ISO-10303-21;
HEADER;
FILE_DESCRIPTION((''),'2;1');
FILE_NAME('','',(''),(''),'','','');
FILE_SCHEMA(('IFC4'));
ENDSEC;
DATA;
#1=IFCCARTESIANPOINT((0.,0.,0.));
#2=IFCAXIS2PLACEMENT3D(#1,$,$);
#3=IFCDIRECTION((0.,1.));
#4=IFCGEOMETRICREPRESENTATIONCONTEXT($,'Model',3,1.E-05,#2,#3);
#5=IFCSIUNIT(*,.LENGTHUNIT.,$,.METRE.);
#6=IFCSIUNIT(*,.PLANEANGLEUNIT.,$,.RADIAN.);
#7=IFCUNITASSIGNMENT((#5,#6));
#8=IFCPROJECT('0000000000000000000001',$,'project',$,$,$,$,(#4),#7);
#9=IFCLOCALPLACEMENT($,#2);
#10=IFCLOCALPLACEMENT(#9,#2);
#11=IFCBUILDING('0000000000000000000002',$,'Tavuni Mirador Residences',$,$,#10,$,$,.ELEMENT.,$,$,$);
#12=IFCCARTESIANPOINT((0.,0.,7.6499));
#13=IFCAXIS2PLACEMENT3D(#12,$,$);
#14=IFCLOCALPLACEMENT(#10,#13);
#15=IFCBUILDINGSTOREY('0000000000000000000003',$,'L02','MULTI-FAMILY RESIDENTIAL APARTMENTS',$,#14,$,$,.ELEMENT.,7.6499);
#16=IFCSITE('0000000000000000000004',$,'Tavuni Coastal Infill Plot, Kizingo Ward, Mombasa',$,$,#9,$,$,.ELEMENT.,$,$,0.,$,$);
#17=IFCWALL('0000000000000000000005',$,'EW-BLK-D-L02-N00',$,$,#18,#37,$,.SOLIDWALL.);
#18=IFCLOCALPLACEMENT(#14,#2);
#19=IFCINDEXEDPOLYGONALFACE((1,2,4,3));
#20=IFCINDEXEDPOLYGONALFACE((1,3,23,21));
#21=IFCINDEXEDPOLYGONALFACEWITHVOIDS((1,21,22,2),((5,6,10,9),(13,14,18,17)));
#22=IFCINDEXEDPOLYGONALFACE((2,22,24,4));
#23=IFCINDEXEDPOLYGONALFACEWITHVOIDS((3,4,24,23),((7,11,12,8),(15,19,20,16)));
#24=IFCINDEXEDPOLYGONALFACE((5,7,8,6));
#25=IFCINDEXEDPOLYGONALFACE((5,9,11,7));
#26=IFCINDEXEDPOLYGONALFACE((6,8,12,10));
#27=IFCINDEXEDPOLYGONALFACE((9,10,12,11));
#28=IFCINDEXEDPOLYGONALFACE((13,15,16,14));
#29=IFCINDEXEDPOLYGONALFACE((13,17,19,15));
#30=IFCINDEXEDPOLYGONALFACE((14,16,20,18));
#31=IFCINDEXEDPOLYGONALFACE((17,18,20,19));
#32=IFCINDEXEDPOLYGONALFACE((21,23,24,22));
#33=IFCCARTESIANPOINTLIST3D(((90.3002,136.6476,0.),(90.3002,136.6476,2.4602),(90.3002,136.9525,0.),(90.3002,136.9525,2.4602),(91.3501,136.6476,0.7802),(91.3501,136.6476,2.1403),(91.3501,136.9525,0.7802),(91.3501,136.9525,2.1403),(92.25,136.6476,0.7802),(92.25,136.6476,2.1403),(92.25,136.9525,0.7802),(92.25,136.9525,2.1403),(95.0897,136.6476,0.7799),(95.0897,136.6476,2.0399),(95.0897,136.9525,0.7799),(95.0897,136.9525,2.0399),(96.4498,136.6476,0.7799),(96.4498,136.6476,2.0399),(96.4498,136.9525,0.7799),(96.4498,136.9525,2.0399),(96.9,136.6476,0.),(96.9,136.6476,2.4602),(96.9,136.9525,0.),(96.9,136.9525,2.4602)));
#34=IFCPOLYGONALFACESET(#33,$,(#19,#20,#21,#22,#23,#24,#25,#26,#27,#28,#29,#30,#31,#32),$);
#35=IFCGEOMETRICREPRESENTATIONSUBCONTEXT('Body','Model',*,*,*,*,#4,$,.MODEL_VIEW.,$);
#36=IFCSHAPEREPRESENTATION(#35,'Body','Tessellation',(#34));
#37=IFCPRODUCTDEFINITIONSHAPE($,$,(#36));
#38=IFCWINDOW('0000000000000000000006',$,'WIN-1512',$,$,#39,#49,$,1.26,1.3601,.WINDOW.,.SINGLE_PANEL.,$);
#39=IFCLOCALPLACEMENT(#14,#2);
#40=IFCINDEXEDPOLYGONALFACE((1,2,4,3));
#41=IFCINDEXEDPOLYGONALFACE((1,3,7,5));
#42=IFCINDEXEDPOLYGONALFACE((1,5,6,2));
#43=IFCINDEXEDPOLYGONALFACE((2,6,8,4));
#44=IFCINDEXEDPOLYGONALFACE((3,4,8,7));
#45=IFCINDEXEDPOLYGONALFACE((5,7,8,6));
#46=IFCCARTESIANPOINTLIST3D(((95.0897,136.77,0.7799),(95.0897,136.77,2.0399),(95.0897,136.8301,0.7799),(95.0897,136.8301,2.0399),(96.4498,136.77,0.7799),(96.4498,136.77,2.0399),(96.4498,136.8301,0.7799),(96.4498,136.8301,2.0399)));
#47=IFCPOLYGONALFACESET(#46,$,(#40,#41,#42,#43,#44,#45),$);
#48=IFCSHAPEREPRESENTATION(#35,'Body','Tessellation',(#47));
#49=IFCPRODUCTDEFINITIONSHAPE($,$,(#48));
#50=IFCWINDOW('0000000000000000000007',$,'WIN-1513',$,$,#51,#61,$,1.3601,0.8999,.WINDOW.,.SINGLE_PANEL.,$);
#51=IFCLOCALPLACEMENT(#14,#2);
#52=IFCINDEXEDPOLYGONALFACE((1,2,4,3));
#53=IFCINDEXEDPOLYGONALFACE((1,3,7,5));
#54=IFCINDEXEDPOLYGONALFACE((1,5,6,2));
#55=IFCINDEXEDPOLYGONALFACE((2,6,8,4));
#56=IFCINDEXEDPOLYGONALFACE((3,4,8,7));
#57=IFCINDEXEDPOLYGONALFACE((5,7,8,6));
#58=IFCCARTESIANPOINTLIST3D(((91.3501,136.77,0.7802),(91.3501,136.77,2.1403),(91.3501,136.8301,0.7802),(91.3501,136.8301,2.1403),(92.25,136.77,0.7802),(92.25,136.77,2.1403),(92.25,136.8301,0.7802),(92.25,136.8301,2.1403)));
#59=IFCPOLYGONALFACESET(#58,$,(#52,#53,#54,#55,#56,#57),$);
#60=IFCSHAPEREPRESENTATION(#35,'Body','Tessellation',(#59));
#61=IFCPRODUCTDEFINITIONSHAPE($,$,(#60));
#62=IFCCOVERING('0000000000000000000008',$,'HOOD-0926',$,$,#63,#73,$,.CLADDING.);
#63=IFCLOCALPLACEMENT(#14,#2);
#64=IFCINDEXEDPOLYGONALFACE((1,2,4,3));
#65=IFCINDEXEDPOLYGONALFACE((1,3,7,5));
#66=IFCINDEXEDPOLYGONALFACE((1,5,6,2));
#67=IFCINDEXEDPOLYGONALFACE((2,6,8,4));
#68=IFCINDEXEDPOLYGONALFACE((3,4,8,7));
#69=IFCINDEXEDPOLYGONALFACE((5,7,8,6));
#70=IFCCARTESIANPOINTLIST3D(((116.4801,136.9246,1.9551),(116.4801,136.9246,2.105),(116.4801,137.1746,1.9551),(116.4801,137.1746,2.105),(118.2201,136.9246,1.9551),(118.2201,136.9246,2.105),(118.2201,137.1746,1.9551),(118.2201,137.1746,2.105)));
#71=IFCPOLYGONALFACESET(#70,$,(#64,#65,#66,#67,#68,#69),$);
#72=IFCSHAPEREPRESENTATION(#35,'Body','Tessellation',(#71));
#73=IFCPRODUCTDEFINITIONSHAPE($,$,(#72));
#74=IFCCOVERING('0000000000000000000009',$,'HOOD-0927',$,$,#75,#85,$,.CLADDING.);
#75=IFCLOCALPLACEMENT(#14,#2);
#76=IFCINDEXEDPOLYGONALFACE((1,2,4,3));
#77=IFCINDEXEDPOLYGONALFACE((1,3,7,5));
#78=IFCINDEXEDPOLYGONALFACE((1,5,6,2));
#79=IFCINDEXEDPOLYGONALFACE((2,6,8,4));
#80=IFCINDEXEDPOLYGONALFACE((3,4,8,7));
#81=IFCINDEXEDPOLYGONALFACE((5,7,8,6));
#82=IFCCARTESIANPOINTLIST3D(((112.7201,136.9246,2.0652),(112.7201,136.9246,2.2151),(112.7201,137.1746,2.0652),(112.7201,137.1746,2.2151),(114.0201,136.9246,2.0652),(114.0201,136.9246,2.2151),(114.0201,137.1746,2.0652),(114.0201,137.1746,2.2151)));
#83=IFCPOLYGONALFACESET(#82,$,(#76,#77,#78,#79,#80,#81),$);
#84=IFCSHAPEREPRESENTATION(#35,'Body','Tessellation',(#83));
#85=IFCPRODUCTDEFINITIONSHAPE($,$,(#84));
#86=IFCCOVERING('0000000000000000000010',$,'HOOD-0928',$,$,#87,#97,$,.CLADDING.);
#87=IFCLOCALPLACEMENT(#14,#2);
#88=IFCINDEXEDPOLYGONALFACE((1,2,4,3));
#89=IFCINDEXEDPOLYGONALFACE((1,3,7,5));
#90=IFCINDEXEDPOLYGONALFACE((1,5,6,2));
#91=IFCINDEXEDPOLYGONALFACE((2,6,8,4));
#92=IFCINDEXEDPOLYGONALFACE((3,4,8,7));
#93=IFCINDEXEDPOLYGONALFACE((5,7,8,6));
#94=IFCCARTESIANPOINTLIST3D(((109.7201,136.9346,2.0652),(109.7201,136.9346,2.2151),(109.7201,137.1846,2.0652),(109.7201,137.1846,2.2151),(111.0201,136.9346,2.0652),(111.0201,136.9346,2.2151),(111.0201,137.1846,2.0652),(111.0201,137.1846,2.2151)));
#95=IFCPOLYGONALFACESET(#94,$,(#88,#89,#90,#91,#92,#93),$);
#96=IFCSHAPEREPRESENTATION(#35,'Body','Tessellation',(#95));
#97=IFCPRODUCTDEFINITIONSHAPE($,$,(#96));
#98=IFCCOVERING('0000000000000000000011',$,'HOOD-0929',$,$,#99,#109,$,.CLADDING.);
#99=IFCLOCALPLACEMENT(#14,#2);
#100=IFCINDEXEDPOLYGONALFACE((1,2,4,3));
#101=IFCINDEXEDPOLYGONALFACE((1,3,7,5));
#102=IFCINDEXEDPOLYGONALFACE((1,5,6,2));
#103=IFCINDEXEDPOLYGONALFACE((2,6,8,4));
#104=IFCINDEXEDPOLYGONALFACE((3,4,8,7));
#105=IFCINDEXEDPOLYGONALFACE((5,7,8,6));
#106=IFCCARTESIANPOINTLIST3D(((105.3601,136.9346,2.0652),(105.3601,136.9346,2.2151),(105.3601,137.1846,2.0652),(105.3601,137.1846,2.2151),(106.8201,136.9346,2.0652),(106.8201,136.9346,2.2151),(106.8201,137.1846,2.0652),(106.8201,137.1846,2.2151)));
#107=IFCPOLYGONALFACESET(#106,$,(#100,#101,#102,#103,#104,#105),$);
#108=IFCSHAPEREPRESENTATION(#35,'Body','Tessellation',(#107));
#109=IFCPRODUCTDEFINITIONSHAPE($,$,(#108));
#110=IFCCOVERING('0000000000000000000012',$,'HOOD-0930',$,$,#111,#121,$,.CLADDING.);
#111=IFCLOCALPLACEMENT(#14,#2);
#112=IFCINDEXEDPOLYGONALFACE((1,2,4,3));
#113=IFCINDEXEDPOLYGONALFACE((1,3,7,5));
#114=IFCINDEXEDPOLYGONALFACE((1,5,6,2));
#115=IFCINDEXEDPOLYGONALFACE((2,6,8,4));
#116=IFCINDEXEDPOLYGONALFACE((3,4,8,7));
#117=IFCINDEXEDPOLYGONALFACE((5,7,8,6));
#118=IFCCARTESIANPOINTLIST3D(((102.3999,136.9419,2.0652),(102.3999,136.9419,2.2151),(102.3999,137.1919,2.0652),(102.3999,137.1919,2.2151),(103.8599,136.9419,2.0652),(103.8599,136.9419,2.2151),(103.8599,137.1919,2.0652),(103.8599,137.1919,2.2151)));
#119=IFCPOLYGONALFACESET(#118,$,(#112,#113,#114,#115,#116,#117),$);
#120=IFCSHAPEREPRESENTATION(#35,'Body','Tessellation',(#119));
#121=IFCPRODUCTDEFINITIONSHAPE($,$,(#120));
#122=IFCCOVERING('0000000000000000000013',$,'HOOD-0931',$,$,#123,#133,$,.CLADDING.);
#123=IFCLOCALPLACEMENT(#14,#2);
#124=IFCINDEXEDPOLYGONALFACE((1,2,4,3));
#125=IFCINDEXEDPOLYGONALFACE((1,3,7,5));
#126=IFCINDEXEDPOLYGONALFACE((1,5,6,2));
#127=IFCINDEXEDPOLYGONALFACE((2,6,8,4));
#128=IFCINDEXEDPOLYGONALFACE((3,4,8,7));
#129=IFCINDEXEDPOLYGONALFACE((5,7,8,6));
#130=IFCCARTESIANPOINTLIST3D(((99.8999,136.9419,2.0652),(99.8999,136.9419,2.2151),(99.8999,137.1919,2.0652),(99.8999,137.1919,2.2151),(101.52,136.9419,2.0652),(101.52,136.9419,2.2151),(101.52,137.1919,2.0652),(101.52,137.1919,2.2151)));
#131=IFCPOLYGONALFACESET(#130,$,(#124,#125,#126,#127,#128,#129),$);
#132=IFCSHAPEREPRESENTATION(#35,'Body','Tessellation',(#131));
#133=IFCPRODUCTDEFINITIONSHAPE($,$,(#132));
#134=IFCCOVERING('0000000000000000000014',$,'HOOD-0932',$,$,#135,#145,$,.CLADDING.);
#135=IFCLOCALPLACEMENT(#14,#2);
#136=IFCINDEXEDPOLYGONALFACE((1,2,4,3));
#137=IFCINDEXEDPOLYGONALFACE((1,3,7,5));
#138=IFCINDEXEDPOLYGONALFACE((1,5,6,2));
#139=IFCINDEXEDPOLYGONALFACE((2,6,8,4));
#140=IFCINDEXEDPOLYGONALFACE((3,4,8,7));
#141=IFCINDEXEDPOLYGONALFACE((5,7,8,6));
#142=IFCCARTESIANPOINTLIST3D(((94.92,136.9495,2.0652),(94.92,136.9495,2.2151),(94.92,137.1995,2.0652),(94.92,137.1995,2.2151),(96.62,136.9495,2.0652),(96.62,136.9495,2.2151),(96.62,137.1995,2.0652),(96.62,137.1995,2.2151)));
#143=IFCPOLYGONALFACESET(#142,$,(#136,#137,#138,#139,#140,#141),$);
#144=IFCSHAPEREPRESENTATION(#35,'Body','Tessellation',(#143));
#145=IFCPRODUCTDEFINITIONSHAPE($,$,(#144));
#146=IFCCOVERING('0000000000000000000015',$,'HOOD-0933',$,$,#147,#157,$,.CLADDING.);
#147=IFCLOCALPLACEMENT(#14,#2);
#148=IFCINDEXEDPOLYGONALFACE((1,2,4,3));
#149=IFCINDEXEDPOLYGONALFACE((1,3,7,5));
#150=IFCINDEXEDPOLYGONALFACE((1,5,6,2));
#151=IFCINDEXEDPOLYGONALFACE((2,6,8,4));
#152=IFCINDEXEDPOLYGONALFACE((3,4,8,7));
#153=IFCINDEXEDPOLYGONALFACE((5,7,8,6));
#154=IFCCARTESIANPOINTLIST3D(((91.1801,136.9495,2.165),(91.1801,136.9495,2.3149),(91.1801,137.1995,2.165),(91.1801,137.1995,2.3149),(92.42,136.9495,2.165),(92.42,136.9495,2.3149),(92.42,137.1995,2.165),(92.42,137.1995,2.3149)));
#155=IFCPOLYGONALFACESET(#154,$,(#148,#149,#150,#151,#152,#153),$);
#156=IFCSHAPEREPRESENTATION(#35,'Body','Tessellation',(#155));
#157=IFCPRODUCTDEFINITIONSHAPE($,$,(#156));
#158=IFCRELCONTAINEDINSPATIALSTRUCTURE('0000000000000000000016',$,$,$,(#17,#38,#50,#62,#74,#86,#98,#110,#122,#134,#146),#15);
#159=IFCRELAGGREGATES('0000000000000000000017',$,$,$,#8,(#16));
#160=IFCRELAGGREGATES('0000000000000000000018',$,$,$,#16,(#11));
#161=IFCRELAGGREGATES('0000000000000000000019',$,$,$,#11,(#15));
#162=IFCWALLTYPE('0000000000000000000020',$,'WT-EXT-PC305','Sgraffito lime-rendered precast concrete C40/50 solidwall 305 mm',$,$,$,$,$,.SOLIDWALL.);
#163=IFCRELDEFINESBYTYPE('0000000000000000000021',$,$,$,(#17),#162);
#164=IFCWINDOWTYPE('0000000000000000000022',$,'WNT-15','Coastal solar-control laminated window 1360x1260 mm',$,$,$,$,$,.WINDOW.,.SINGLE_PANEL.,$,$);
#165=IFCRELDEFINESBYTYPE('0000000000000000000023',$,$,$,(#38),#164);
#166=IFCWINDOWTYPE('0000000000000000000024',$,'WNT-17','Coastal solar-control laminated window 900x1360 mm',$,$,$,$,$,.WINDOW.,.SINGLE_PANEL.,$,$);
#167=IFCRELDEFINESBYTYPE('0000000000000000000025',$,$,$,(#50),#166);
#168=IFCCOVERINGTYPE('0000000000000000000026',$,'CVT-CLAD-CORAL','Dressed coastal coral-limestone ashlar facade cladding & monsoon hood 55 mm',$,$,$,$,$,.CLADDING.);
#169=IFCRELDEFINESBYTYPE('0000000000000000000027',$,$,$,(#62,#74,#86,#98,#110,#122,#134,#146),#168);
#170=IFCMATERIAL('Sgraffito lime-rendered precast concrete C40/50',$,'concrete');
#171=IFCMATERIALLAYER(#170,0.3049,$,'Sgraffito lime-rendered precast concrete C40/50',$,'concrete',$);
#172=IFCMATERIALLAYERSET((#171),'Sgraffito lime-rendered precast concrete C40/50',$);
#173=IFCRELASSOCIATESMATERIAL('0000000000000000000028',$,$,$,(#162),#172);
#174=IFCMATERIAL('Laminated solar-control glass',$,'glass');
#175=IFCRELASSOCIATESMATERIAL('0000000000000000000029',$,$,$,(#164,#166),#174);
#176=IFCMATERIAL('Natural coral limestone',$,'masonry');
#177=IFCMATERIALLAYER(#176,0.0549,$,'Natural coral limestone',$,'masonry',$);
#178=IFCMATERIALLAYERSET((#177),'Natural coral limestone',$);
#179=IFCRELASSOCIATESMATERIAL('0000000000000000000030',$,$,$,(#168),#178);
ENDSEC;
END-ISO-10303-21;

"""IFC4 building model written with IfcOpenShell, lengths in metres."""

from ifc_helpers import new_model, si_unit, direction, frame, frame_2d, origin, origin_2d, place, context, subcontext, project, spatial, rectangle, extrude, material, layer, layer_set, type_object, element, fill, save


model = new_model("IFC4")

# Units and contexts
model_context = context("Model", 3, precision=1e-05, world=origin(), true_north=direction((0.0, 1.0)))
body_context = subcontext(model_context, "Body", "Model", "MODEL_VIEW")
ifc_project = project(units=[si_unit("LENGTHUNIT", "METRE"), si_unit("PLANEANGLEUNIT", "RADIAN")], contexts=[model_context])

# Site, building, storey
site_placement = place(None, origin())
site = spatial("IfcSite", under=ifc_project, at=site_placement, Name="Tavuni Coastal Infill Plot, Kizingo Ward, Mombasa", CompositionType="ELEMENT", RefElevation=0.0)
building_placement = place(site_placement, origin())
building = spatial("IfcBuilding", under=site, at=building_placement, Name="Tavuni Mirador Residences", CompositionType="ELEMENT")
storey_placement = place(building_placement, frame((0.0, 0.0, 7.6499)))
storey = spatial("IfcBuildingStorey", under=building, at=storey_placement, Name="L02", Description="MULTI-FAMILY RESIDENTIAL APARTMENTS", CompositionType="ELEMENT", Elevation=7.6499)

# Wall, openings, windows
ifc_material_1 = material(Name="Sgraffito lime-rendered precast concrete C40/50", Category="concrete")
ifc_material_2 = material(Name="Laminated solar-control glass", Category="glass")
ifc_layer_1 = layer(ifc_material_1, 0.3049, Name="Sgraffito lime-rendered precast concrete C40/50", Category="concrete")
ifc_layer_set_1 = layer_set([ifc_layer_1], Name="Sgraffito lime-rendered precast concrete C40/50")
wall_type_1 = type_object("IfcWallType", Name="WT-EXT-PC305", Description="Sgraffito lime-rendered precast concrete C40/50 solidwall 305 mm", PredefinedType="SOLIDWALL", material=ifc_layer_set_1)
wall_1_placement = place(storey_placement, frame((96.8999, 136.8, 0.0), z_axis=(0.0, 0.0, 1.0), x_axis=(-1.0, 0.0, 0.0)))
wall_1 = element("IfcWall", 1, at=wall_1_placement, inside=storey, type_object=wall_type_1, Name="EW-BLK-D-L02-N00", PredefinedType="SOLIDWALL", context=body_context, shape_type="SweptSolid", body=[
    extrude(rectangle(XDim=6.5999, YDim=0.3049, at=frame_2d((3.2998, 0.0))), origin(), (0.0, 0.0, 1.0), 2.4602),
])
opening_1_placement = place(wall_1_placement, frame((0.45, 0.0, 0.78)))
opening_1 = element("IfcOpeningElement", 2, at=opening_1_placement, cuts=wall_1, PredefinedType="OPENING", context=body_context, shape_type="SweptSolid", body=[
    extrude(rectangle(XDim=1.3601, YDim=1.26, at=frame_2d((0.6802, 0.6299))), frame((0.0, 0.1626, 0.0), z_axis=(0.0, -1.0, 0.0), x_axis=(1.0, 0.0, 0.0)), (0.0, 0.0, 1.0), 0.325),
])
opening_2_placement = place(wall_1_placement, frame((4.6499, 0.0, 0.78)))
opening_2 = element("IfcOpeningElement", 3, at=opening_2_placement, cuts=wall_1, PredefinedType="OPENING", context=body_context, shape_type="SweptSolid", body=[
    extrude(rectangle(XDim=0.8999, YDim=1.3601, at=frame_2d((0.45, 0.6802))), frame((0.0, 0.1626, 0.0), z_axis=(0.0, -1.0, 0.0), x_axis=(1.0, 0.0, 0.0)), (0.0, 0.0, 1.0), 0.325),
])
window_type_1 = type_object("IfcWindowType", Name="WNT-15", Description="Coastal solar-control laminated window 1360x1260 mm", PartitioningType="SINGLE_PANEL", PredefinedType="WINDOW", material=ifc_material_2)
window_1_placement = place(opening_1_placement, origin())
window_1 = element("IfcWindow", 4, at=window_1_placement, inside=storey, type_object=window_type_1, Name="WIN-1512", OverallHeight=1.26, OverallWidth=1.3601, PartitioningType="SINGLE_PANEL", PredefinedType="WINDOW", context=body_context, shape_type="SweptSolid", body=[
    extrude(rectangle(XDim=1.3601, YDim=1.26, at=frame_2d((0.6802, 0.6299))), frame((0.0, 0.03, 0.0), z_axis=(0.0, -1.0, 0.0), x_axis=(1.0, 0.0, 0.0)), (0.0, 0.0, 1.0), 0.0601),
])
fill(opening_1, window_1)
window_type_2 = type_object("IfcWindowType", Name="WNT-17", Description="Coastal solar-control laminated window 900x1360 mm", PartitioningType="SINGLE_PANEL", PredefinedType="WINDOW", material=ifc_material_2)
window_2_placement = place(opening_2_placement, origin())
window_2 = element("IfcWindow", 5, at=window_2_placement, inside=storey, type_object=window_type_2, Name="WIN-1513", OverallHeight=1.3601, OverallWidth=0.8999, PartitioningType="SINGLE_PANEL", PredefinedType="WINDOW", context=body_context, shape_type="SweptSolid", body=[
    extrude(rectangle(XDim=0.8999, YDim=1.3601, at=frame_2d((0.45, 0.6802))), frame((0.0, 0.03, 0.0), z_axis=(0.0, -1.0, 0.0), x_axis=(1.0, 0.0, 0.0)), (0.0, 0.0, 1.0), 0.0601),
])
fill(opening_2, window_2)

# Coverings
ifc_material_3 = material(Name="Natural coral limestone", Category="masonry")
ifc_layer_2 = layer(ifc_material_3, 0.0549, Name="Natural coral limestone", Category="masonry")
ifc_layer_set_2 = layer_set([ifc_layer_2], Name="Natural coral limestone")
covering_type = type_object("IfcCoveringType", Name="CVT-CLAD-CORAL", Description="Dressed coastal coral-limestone ashlar facade cladding & monsoon hood 55 mm", PredefinedType="CLADDING", material=ifc_layer_set_2)
covering_1_placement = place(storey_placement, frame((117.3501, 137.0496, 1.9551), z_axis=(0.0, 0.0, 1.0), x_axis=(-1.0, 0.0, 0.0)))
element("IfcCovering", 6, at=covering_1_placement, inside=storey, type_object=covering_type, Name="HOOD-0926", PredefinedType="CLADDING", context=body_context, shape_type="SweptSolid", body=[
    extrude(rectangle(XDim=1.74, YDim=0.25, at=origin_2d()), origin(), (0.0, 0.0, 1.0), 0.1499),
])
for number, where, z_axis, x_axis, name in (
    (7, (113.3701, 137.0496, 2.0652), (0.0, 0.0, 1.0), (-1.0, 0.0, 0.0), "HOOD-0927"),
    (8, (110.3701, 137.0596, 2.0652), (0.0, 0.0, 1.0), (-1.0, 0.0, 0.0), "HOOD-0928"),
):
    element("IfcCovering", number, at=place(storey_placement, frame(where, z_axis=z_axis, x_axis=x_axis)), inside=storey, type_object=covering_type, Name=name, PredefinedType="CLADDING", context=body_context, shape_type="SweptSolid", body=[
        extrude(rectangle(XDim=1.3, YDim=0.25, at=origin_2d()), origin(), (0.0, 0.0, 1.0), 0.1499),
    ])
for number, where, z_axis, x_axis, name in (
    (9, (106.0901, 137.0596, 2.0652), (0.0, 0.0, 1.0), (-1.0, 0.0, 0.0), "HOOD-0929"),
    (10, (103.1299, 137.0669, 2.0652), (0.0, 0.0, 1.0), (-1.0, 0.0, 0.0), "HOOD-0930"),
):
    element("IfcCovering", number, at=place(storey_placement, frame(where, z_axis=z_axis, x_axis=x_axis)), inside=storey, type_object=covering_type, Name=name, PredefinedType="CLADDING", context=body_context, shape_type="SweptSolid", body=[
        extrude(rectangle(XDim=1.46, YDim=0.25, at=origin_2d()), origin(), (0.0, 0.0, 1.0), 0.1499),
    ])
covering_2_placement = place(storey_placement, frame((100.71, 137.0669, 2.0652), z_axis=(0.0, 0.0, 1.0), x_axis=(-1.0, 0.0, 0.0)))
element("IfcCovering", 11, at=covering_2_placement, inside=storey, type_object=covering_type, Name="HOOD-0931", PredefinedType="CLADDING", context=body_context, shape_type="SweptSolid", body=[
    extrude(rectangle(XDim=1.6201, YDim=0.25, at=origin_2d()), origin(), (0.0, 0.0, 1.0), 0.1499),
])
covering_3_placement = place(storey_placement, frame((95.77, 137.0745, 2.0652), z_axis=(0.0, 0.0, 1.0), x_axis=(-1.0, 0.0, 0.0)))
element("IfcCovering", 12, at=covering_3_placement, inside=storey, type_object=covering_type, Name="HOOD-0932", PredefinedType="CLADDING", context=body_context, shape_type="SweptSolid", body=[
    extrude(rectangle(XDim=1.7, YDim=0.25, at=origin_2d()), origin(), (0.0, 0.0, 1.0), 0.1499),
])
covering_4_placement = place(storey_placement, frame((91.8, 137.0745, 2.165), z_axis=(0.0, 0.0, 1.0), x_axis=(-1.0, 0.0, 0.0)))
element("IfcCovering", 13, at=covering_4_placement, inside=storey, type_object=covering_type, Name="HOOD-0933", PredefinedType="CLADDING", context=body_context, shape_type="SweptSolid", body=[
    extrude(rectangle(XDim=1.24, YDim=0.25, at=origin_2d()), origin(), (0.0, 0.0, 1.0), 0.1499),
])

save(model, "model.ifc")
